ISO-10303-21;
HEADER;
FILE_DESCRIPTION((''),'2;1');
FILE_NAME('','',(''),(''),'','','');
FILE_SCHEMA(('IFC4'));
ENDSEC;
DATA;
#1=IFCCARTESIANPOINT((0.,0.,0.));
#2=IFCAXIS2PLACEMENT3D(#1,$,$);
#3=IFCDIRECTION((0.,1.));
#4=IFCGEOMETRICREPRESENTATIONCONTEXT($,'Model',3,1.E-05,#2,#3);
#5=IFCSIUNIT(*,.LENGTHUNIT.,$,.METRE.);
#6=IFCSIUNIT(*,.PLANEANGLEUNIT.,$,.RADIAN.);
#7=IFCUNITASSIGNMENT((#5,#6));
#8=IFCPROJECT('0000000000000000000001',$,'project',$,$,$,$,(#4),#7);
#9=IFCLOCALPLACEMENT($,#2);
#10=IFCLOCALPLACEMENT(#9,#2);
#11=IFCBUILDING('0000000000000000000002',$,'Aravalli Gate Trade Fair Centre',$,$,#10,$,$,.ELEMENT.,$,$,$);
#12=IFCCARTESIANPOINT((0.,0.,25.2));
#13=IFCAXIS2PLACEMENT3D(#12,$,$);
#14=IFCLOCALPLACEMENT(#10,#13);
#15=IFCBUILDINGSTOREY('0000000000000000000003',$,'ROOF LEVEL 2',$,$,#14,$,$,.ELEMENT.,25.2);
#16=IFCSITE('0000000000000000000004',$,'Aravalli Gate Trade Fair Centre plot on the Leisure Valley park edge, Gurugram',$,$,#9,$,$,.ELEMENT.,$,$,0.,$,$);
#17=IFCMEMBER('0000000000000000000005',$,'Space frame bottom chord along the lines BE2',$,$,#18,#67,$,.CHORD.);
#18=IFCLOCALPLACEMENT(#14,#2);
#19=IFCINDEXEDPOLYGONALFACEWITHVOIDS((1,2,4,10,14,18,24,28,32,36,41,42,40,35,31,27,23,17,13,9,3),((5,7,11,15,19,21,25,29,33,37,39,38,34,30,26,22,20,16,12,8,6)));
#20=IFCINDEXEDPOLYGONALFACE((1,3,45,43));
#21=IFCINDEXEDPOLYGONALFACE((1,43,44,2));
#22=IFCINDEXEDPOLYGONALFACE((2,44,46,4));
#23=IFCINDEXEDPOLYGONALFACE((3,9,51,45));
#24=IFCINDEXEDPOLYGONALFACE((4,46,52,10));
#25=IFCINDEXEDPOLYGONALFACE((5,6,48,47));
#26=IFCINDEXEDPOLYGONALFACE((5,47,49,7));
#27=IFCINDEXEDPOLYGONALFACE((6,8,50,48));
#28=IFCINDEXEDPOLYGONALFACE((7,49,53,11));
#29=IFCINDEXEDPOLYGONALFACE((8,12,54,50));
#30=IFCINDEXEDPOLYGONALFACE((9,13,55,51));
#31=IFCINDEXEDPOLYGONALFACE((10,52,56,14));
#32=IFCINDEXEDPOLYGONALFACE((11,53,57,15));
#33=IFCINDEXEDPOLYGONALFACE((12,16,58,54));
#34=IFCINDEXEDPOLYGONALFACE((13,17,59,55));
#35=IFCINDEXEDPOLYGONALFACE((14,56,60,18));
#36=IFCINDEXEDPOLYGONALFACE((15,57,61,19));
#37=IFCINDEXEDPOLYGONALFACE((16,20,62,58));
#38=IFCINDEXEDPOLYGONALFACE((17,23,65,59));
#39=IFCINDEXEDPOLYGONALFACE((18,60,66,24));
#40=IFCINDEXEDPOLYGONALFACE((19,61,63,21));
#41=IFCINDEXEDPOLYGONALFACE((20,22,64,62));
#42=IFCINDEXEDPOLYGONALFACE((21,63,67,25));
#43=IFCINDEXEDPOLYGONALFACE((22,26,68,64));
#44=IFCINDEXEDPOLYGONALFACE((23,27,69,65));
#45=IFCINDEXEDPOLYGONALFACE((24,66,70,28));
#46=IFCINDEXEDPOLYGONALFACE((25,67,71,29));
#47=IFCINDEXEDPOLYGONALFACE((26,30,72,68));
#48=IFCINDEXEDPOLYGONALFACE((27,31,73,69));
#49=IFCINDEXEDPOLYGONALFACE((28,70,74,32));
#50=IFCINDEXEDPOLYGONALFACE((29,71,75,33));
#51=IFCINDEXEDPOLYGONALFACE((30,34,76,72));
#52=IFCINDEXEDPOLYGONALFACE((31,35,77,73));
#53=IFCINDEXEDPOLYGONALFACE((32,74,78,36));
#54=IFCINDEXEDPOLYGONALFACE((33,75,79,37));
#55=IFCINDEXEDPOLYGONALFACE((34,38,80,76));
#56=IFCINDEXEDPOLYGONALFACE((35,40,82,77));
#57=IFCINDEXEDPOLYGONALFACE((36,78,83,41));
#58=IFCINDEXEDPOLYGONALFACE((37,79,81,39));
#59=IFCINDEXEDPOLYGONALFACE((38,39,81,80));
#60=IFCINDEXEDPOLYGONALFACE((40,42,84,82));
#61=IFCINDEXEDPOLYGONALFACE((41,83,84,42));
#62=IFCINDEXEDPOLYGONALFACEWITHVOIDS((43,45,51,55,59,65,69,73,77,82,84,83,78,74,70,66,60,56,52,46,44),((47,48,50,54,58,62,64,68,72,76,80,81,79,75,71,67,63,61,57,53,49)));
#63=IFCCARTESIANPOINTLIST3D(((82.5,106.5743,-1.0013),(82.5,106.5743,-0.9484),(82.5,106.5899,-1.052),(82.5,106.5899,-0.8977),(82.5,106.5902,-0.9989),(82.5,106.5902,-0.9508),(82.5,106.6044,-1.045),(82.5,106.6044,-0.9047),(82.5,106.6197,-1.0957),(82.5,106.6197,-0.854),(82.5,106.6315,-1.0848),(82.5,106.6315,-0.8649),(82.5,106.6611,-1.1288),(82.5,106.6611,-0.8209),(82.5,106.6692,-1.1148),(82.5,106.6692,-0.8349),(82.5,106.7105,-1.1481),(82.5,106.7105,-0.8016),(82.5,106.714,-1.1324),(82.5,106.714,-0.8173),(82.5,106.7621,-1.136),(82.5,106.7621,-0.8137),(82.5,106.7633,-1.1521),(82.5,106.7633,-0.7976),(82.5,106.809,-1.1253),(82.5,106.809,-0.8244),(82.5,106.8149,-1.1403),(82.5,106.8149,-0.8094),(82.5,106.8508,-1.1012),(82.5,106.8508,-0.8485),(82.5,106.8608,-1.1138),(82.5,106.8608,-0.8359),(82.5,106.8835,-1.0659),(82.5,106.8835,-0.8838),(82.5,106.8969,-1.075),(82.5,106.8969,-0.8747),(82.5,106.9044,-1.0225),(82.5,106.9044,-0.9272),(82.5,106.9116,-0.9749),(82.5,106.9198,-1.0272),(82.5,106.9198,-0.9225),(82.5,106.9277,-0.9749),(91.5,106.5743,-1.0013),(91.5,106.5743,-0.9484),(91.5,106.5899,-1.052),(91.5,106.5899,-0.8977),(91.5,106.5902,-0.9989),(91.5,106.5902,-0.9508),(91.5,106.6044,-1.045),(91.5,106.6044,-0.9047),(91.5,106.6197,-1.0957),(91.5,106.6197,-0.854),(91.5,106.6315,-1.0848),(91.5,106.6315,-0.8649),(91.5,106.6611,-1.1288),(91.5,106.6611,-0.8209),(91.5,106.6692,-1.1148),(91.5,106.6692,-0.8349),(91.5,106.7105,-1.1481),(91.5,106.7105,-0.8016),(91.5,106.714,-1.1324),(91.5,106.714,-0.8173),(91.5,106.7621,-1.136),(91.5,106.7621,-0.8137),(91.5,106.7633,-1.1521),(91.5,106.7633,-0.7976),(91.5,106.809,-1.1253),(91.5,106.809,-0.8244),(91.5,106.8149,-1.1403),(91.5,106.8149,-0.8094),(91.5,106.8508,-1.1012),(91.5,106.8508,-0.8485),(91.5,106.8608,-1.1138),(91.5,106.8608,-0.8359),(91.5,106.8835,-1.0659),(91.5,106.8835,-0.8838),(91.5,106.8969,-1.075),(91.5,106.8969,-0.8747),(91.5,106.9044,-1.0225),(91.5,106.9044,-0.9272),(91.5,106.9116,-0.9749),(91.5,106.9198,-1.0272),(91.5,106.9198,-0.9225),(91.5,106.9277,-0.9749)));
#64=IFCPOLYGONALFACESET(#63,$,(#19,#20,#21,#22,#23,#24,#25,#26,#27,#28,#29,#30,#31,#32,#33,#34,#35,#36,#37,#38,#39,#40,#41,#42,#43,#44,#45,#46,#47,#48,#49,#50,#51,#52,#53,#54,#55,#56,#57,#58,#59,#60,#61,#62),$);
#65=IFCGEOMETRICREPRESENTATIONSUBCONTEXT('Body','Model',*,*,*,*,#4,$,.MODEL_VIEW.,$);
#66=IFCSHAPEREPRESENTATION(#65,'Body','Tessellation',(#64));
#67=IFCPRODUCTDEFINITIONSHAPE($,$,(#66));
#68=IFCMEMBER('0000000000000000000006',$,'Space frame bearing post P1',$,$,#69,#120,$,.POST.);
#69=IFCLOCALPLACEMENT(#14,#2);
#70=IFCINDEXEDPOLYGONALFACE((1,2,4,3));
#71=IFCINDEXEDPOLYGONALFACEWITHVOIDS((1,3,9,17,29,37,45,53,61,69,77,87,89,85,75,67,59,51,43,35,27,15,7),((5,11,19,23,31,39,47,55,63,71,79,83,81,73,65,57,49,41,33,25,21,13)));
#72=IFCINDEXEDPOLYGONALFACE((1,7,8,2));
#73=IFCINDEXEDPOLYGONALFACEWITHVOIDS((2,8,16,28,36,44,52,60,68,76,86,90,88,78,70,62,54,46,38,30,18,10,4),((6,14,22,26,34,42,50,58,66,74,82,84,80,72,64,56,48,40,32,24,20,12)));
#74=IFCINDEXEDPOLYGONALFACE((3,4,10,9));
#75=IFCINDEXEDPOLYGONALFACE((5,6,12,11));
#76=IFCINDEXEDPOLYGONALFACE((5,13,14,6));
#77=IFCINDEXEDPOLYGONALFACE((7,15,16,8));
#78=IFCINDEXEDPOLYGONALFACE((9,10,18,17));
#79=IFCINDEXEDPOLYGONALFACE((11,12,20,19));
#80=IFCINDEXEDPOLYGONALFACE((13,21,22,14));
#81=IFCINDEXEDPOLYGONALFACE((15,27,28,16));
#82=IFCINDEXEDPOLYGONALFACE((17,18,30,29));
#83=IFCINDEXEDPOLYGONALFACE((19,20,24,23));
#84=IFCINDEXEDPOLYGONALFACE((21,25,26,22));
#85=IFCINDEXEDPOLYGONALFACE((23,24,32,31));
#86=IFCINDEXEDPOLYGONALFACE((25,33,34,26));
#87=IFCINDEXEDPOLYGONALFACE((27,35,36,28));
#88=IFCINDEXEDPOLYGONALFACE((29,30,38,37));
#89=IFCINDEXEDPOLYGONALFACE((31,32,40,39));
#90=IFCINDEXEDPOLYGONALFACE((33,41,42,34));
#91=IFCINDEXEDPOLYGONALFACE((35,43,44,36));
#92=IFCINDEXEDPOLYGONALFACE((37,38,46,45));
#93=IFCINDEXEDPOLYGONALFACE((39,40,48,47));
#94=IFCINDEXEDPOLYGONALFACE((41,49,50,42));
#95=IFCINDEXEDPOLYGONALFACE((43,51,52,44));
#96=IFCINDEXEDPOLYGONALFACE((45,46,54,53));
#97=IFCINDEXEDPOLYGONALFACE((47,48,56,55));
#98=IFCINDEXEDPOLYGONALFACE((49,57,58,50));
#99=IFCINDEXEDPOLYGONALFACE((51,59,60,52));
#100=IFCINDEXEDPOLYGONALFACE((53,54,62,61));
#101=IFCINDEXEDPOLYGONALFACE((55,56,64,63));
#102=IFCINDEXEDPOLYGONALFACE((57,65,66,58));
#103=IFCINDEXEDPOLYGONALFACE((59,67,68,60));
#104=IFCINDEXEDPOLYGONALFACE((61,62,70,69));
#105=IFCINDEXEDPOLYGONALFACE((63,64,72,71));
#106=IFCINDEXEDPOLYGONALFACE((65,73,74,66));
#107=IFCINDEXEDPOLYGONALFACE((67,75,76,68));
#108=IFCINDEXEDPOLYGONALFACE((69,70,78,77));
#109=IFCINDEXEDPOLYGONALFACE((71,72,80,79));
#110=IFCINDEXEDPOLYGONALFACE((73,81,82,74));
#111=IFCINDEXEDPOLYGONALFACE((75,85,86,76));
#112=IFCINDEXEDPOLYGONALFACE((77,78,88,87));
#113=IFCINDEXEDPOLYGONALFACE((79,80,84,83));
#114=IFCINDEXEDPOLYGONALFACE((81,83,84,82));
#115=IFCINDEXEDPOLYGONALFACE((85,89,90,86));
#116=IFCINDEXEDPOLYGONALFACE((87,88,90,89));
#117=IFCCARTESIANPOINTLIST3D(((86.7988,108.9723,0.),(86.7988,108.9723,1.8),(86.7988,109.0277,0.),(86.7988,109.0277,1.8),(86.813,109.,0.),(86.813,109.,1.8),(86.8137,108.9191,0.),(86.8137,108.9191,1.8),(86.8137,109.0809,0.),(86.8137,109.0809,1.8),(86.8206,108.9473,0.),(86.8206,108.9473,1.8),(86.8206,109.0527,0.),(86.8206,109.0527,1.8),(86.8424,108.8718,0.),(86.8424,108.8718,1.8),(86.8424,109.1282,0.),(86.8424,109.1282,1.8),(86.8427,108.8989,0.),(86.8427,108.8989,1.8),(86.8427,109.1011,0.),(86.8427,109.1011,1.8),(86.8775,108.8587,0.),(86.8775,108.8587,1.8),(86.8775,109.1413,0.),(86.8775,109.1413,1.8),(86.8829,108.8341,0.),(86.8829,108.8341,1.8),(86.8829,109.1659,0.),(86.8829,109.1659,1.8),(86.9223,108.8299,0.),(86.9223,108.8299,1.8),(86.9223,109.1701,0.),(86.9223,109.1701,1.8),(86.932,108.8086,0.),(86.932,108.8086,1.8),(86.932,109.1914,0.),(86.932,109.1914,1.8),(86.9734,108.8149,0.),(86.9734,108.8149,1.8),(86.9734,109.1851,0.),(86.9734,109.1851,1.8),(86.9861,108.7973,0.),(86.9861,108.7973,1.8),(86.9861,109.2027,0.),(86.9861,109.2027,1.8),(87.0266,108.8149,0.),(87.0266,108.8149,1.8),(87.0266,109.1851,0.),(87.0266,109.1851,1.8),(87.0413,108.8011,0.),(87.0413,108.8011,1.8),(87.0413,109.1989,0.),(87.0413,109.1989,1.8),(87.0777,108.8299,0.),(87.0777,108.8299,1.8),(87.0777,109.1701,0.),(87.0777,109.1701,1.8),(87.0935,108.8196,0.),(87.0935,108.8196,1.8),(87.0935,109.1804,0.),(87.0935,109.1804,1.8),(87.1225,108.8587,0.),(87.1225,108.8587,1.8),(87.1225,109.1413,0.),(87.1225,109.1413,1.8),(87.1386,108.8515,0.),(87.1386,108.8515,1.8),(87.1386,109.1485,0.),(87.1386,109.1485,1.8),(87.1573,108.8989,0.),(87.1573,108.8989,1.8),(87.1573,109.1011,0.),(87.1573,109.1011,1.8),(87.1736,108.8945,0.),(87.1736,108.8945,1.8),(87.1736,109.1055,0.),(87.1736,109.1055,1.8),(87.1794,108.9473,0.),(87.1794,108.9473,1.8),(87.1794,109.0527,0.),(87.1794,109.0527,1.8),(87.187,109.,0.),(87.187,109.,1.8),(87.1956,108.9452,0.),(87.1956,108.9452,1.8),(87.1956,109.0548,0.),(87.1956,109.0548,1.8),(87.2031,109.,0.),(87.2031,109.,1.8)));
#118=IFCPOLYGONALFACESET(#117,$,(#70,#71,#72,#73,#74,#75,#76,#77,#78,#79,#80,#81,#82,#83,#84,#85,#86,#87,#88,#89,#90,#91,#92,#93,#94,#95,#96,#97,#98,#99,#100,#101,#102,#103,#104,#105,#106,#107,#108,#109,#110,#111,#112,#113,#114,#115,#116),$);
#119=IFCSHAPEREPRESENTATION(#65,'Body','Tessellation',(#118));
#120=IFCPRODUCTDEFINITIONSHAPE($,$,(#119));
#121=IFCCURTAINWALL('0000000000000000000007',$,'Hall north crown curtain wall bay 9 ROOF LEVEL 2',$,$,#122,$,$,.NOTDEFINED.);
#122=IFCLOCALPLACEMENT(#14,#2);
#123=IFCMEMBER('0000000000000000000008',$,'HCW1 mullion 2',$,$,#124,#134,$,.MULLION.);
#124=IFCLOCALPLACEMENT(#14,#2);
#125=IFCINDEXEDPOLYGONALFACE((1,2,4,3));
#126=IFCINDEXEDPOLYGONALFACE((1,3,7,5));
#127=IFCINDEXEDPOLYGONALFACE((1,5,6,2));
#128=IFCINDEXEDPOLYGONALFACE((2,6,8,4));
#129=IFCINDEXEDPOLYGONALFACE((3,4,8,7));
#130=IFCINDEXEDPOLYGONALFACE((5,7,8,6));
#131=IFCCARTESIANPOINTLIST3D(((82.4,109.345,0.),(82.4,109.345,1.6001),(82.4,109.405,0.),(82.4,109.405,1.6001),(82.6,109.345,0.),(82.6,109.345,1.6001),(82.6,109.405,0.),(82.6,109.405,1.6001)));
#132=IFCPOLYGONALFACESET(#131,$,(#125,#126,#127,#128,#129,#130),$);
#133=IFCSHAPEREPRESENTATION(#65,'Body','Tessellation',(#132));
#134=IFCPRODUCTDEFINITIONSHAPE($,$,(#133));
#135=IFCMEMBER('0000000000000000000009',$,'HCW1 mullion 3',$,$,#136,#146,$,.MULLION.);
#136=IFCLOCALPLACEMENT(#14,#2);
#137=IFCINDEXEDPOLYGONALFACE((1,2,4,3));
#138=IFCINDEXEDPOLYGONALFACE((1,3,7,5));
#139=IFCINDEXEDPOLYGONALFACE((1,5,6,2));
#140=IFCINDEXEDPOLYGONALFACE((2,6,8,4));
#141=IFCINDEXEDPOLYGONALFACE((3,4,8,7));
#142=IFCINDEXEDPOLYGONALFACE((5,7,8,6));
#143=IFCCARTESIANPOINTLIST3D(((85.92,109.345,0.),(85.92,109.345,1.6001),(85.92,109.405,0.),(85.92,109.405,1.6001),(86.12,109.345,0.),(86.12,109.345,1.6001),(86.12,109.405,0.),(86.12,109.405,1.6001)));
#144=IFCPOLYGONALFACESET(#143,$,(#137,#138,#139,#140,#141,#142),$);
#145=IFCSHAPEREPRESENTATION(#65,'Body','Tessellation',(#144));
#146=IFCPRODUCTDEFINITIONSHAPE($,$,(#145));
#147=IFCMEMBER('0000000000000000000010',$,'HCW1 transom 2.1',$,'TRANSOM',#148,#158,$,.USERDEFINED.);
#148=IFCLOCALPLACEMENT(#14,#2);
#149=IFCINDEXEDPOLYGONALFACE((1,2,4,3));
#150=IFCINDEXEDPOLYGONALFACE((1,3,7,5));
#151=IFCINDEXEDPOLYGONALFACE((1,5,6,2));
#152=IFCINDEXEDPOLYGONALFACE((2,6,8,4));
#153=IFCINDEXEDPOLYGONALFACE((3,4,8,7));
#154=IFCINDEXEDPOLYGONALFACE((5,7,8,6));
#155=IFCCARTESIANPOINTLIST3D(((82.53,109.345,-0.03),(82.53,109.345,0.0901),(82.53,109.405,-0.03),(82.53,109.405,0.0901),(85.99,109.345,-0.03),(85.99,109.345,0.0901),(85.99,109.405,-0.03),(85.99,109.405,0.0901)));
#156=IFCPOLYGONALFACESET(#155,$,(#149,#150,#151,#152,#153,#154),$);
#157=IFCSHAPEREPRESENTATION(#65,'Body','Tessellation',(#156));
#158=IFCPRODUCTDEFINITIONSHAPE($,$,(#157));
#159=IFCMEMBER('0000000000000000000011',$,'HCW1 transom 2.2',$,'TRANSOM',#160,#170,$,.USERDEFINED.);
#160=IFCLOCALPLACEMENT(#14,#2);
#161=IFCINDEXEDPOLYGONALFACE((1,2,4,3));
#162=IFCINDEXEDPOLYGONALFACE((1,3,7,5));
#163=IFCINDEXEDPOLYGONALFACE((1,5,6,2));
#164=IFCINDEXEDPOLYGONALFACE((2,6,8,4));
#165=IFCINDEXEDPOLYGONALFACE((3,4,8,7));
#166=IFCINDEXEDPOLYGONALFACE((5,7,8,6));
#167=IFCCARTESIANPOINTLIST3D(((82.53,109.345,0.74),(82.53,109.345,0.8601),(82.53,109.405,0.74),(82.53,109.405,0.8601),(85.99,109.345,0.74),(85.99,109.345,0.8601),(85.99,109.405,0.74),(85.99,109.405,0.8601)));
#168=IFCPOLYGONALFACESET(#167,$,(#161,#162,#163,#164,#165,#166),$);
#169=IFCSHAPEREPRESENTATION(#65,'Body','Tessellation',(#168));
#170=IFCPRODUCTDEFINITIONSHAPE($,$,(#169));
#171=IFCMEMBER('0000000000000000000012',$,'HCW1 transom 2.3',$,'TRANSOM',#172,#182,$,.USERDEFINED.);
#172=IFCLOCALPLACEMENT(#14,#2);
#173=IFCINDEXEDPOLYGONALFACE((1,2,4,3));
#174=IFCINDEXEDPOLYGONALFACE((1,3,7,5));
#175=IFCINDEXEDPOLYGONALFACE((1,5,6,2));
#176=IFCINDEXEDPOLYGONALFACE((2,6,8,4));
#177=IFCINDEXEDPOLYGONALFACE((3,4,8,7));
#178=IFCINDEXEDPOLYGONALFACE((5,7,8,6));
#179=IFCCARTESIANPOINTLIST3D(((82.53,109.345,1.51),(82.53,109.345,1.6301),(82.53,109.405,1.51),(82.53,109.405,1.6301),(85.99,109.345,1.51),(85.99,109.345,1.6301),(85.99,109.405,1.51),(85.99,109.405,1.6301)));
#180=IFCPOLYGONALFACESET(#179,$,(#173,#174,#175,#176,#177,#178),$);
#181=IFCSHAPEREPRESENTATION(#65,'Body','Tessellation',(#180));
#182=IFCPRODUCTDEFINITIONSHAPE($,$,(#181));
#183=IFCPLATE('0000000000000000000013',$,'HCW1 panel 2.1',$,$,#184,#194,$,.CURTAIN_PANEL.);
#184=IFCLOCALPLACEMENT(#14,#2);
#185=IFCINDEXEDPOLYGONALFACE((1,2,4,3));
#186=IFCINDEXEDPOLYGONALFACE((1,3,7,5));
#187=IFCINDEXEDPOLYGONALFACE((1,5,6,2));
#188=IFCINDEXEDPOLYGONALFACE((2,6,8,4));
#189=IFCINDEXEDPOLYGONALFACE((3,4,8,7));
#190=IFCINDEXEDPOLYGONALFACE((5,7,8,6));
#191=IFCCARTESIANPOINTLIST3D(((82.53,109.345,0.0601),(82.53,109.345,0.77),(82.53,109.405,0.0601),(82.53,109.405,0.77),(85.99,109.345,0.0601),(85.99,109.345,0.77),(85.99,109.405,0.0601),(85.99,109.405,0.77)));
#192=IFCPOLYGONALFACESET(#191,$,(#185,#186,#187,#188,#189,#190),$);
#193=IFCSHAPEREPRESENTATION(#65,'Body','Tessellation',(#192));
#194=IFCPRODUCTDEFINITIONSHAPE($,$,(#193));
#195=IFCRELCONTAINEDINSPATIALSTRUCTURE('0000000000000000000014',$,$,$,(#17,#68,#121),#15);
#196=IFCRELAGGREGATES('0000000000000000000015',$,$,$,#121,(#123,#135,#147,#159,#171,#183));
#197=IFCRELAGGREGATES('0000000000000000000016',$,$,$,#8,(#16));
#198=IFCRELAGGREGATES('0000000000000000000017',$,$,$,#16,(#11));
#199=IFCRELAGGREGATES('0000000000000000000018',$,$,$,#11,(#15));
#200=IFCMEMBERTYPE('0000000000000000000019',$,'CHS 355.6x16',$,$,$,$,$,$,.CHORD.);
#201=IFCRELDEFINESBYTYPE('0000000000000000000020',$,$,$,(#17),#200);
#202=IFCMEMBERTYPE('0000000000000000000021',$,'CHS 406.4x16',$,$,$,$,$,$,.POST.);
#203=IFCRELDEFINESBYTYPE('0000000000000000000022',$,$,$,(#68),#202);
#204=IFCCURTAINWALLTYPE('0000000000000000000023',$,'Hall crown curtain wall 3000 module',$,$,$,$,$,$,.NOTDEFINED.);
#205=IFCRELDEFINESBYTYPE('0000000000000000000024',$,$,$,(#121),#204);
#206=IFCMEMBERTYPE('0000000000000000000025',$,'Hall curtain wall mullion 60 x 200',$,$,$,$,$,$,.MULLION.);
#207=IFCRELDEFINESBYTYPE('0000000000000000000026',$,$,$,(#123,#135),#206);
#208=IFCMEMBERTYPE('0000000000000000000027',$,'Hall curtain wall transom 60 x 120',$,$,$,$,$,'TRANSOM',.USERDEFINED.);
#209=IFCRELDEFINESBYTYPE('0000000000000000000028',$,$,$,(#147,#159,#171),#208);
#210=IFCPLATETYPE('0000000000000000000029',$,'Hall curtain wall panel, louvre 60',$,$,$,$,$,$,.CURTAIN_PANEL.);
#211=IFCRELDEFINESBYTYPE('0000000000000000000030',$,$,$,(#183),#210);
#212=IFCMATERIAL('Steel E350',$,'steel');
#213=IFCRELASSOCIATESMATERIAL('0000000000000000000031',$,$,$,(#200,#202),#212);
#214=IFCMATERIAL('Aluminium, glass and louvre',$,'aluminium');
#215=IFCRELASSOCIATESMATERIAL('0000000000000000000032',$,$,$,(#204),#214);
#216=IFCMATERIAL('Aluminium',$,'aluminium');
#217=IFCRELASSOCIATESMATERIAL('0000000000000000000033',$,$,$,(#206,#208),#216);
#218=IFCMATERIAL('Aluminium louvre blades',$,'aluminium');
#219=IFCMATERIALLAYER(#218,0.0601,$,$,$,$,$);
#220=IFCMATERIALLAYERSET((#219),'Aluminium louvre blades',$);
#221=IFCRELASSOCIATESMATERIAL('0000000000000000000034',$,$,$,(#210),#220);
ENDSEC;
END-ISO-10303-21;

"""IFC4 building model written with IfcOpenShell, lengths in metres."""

from ifc_helpers import new_model, si_unit, direction, frame, origin, origin_2d, place, context, subcontext, project, spatial, rectangle, hollow_circle, extrude, material, layer, layer_set, material_profile, profile_set, type_object, element, aggregate, save


model = new_model("IFC4")

# Units and contexts
model_context = context("Model", 3, precision=1e-05, world=origin(), true_north=direction((0.0, 1.0)))
body_context = subcontext(model_context, "Body", "Model", "MODEL_VIEW")
ifc_project = project(units=[si_unit("LENGTHUNIT", "METRE"), si_unit("PLANEANGLEUNIT", "RADIAN")], contexts=[model_context])

# Site, building, storey
site_placement = place(None, origin())
site = spatial("IfcSite", under=ifc_project, at=site_placement, Name="Aravalli Gate Trade Fair Centre plot on the Leisure Valley park edge, Gurugram", CompositionType="ELEMENT", RefElevation=0.0)
building_placement = place(site_placement, origin())
building = spatial("IfcBuilding", under=site, at=building_placement, Name="Aravalli Gate Trade Fair Centre", CompositionType="ELEMENT")
storey_placement = place(building_placement, frame((0.0, 0.0, 25.2)))
storey = spatial("IfcBuildingStorey", under=building, at=storey_placement, Name="ROOF LEVEL 2", CompositionType="ELEMENT", Elevation=25.2)

# Members
ifc_material_1 = material(Name="Steel E350", Category="steel")
ifc_material_profile_1 = material_profile(ifc_material_1, hollow_circle(Radius=0.1777, WallThickness=0.0161, at=origin_2d()), Name="CHS 355.6x16")
ifc_profile_set_1 = profile_set([ifc_material_profile_1], Name="Steel E350")
member_type_1 = type_object("IfcMemberType", Name="CHS 355.6x16", PredefinedType="CHORD", material=ifc_profile_set_1)
member_1_placement = place(storey_placement, frame((82.5, 106.75, -0.9749), z_axis=(1.0, 0.0, 0.0), x_axis=(0.0, 1.0, 0.0)))
element("IfcMember", 1, at=member_1_placement, inside=storey, type_object=member_type_1, Name="Space frame bottom chord along the lines BE2", PredefinedType="CHORD", context=body_context, shape_type="SweptSolid", body=[
    extrude(hollow_circle(Radius=0.1777, WallThickness=0.0161, at=origin_2d()), origin(), (0.0, 0.0, 1.0), 9.0),
])
ifc_material_profile_2 = material_profile(ifc_material_1, hollow_circle(Radius=0.2031, WallThickness=0.0161, at=origin_2d()), Name="CHS 406.4x16")
ifc_profile_set_2 = profile_set([ifc_material_profile_2], Name="Steel E350")
member_type_2 = type_object("IfcMemberType", Name="CHS 406.4x16", PredefinedType="POST", material=ifc_profile_set_2)
member_2_placement = place(storey_placement, frame((87.0, 109.0, 0.0), z_axis=(0.0, 0.0, 1.0), x_axis=(1.0, 0.0, 0.0)))
element("IfcMember", 2, at=member_2_placement, inside=storey, type_object=member_type_2, Name="Space frame bearing post P1", PredefinedType="POST", context=body_context, shape_type="SweptSolid", body=[
    extrude(hollow_circle(Radius=0.2031, WallThickness=0.0161, at=origin_2d()), origin(), (0.0, 0.0, 1.0), 1.8),
])

# Curtain wall, members, plate
ifc_material_2 = material(Name="Aluminium, glass and louvre", Category="aluminium")
curtain_wall_type = type_object("IfcCurtainWallType", Name="Hall crown curtain wall 3000 module", PredefinedType="NOTDEFINED", material=ifc_material_2)
curtain_wall_placement = place(storey_placement, origin())
curtain_wall = element("IfcCurtainWall", 3, at=curtain_wall_placement, inside=storey, type_object=curtain_wall_type, Name="Hall north crown curtain wall bay 9 ROOF LEVEL 2", PredefinedType="NOTDEFINED")
ifc_material_3 = material(Name="Aluminium", Category="aluminium")
ifc_material_profile_3 = material_profile(ifc_material_3, rectangle(XDim=0.0601, YDim=0.2, at=origin_2d()), Name="Hall curtain wall mullion 60 x 200")
ifc_profile_set_3 = profile_set([ifc_material_profile_3], Name="Aluminium")
member_type_3 = type_object("IfcMemberType", Name="Hall curtain wall mullion 60 x 200", PredefinedType="MULLION", material=ifc_profile_set_3)
member_3_placement = place(storey_placement, frame((82.5, 109.375, 0.0), z_axis=(0.0, 0.0, 1.0), x_axis=(0.0, 1.0, 0.0)))
member_3 = element("IfcMember", 4, at=member_3_placement, type_object=member_type_3, Name="HCW1 mullion 2", PredefinedType="MULLION", context=body_context, shape_type="SweptSolid", body=[
    extrude(rectangle(XDim=0.0601, YDim=0.2, at=origin_2d()), origin(), (0.0, 0.0, 1.0), 1.6001),
])
member_4_placement = place(storey_placement, frame((86.02, 109.375, 0.0), z_axis=(0.0, 0.0, 1.0), x_axis=(0.0, 1.0, 0.0)))
member_4 = element("IfcMember", 5, at=member_4_placement, type_object=member_type_3, Name="HCW1 mullion 3", PredefinedType="MULLION", context=body_context, shape_type="SweptSolid", body=[
    extrude(rectangle(XDim=0.0601, YDim=0.2, at=origin_2d()), origin(), (0.0, 0.0, 1.0), 1.6001),
])
ifc_material_profile_4 = material_profile(ifc_material_3, rectangle(XDim=0.0601, YDim=0.1201, at=origin_2d()), Name="Hall curtain wall transom 60 x 120")
ifc_profile_set_4 = profile_set([ifc_material_profile_4], Name="Aluminium")
member_type_4 = type_object("IfcMemberType", Name="Hall curtain wall transom 60 x 120", ElementType="TRANSOM", PredefinedType="USERDEFINED", material=ifc_profile_set_4)
member_5_placement = place(storey_placement, frame((82.53, 109.375, 0.03), z_axis=(1.0, 0.0, 0.0), x_axis=(0.0, 1.0, 0.0)))
member_5 = element("IfcMember", 6, at=member_5_placement, type_object=member_type_4, Name="HCW1 transom 2.1", ObjectType="TRANSOM", PredefinedType="USERDEFINED", context=body_context, shape_type="SweptSolid", body=[
    extrude(rectangle(XDim=0.0601, YDim=0.1201, at=origin_2d()), origin(), (0.0, 0.0, 1.0), 3.46),
])
member_6_placement = place(storey_placement, frame((82.53, 109.375, 0.8), z_axis=(1.0, 0.0, 0.0), x_axis=(0.0, 1.0, 0.0)))
member_6 = element("IfcMember", 7, at=member_6_placement, type_object=member_type_4, Name="HCW1 transom 2.2", ObjectType="TRANSOM", PredefinedType="USERDEFINED", context=body_context, shape_type="SweptSolid", body=[
    extrude(rectangle(XDim=0.0601, YDim=0.1201, at=origin_2d()), origin(), (0.0, 0.0, 1.0), 3.46),
])
member_7_placement = place(storey_placement, frame((82.53, 109.375, 1.5701), z_axis=(1.0, 0.0, 0.0), x_axis=(0.0, 1.0, 0.0)))
member_7 = element("IfcMember", 8, at=member_7_placement, type_object=member_type_4, Name="HCW1 transom 2.3", ObjectType="TRANSOM", PredefinedType="USERDEFINED", context=body_context, shape_type="SweptSolid", body=[
    extrude(rectangle(XDim=0.0601, YDim=0.1201, at=origin_2d()), origin(), (0.0, 0.0, 1.0), 3.46),
])
ifc_material_4 = material(Name="Aluminium louvre blades", Category="aluminium")
ifc_layer_1 = layer(ifc_material_4, 0.0601)
ifc_layer_set_1 = layer_set([ifc_layer_1], Name="Aluminium louvre blades")
plate_type = type_object("IfcPlateType", Name="Hall curtain wall panel, louvre 60", PredefinedType="CURTAIN_PANEL", material=ifc_layer_set_1)
plate_1_placement = place(storey_placement, frame((84.26, 109.375, 0.0601), z_axis=(0.0, 0.0, 1.0), x_axis=(1.0, 0.0, 0.0)))
plate_1 = element("IfcPlate", 9, at=plate_1_placement, type_object=plate_type, Name="HCW1 panel 2.1", PredefinedType="CURTAIN_PANEL", context=body_context, shape_type="SweptSolid", body=[
    extrude(rectangle(XDim=3.46, YDim=0.0601, at=origin_2d()), origin(), (0.0, 0.0, 1.0), 0.71),
])
aggregate(curtain_wall, [member_3, member_4, member_5, member_6, member_7, plate_1])

save(model, "model.ifc")
